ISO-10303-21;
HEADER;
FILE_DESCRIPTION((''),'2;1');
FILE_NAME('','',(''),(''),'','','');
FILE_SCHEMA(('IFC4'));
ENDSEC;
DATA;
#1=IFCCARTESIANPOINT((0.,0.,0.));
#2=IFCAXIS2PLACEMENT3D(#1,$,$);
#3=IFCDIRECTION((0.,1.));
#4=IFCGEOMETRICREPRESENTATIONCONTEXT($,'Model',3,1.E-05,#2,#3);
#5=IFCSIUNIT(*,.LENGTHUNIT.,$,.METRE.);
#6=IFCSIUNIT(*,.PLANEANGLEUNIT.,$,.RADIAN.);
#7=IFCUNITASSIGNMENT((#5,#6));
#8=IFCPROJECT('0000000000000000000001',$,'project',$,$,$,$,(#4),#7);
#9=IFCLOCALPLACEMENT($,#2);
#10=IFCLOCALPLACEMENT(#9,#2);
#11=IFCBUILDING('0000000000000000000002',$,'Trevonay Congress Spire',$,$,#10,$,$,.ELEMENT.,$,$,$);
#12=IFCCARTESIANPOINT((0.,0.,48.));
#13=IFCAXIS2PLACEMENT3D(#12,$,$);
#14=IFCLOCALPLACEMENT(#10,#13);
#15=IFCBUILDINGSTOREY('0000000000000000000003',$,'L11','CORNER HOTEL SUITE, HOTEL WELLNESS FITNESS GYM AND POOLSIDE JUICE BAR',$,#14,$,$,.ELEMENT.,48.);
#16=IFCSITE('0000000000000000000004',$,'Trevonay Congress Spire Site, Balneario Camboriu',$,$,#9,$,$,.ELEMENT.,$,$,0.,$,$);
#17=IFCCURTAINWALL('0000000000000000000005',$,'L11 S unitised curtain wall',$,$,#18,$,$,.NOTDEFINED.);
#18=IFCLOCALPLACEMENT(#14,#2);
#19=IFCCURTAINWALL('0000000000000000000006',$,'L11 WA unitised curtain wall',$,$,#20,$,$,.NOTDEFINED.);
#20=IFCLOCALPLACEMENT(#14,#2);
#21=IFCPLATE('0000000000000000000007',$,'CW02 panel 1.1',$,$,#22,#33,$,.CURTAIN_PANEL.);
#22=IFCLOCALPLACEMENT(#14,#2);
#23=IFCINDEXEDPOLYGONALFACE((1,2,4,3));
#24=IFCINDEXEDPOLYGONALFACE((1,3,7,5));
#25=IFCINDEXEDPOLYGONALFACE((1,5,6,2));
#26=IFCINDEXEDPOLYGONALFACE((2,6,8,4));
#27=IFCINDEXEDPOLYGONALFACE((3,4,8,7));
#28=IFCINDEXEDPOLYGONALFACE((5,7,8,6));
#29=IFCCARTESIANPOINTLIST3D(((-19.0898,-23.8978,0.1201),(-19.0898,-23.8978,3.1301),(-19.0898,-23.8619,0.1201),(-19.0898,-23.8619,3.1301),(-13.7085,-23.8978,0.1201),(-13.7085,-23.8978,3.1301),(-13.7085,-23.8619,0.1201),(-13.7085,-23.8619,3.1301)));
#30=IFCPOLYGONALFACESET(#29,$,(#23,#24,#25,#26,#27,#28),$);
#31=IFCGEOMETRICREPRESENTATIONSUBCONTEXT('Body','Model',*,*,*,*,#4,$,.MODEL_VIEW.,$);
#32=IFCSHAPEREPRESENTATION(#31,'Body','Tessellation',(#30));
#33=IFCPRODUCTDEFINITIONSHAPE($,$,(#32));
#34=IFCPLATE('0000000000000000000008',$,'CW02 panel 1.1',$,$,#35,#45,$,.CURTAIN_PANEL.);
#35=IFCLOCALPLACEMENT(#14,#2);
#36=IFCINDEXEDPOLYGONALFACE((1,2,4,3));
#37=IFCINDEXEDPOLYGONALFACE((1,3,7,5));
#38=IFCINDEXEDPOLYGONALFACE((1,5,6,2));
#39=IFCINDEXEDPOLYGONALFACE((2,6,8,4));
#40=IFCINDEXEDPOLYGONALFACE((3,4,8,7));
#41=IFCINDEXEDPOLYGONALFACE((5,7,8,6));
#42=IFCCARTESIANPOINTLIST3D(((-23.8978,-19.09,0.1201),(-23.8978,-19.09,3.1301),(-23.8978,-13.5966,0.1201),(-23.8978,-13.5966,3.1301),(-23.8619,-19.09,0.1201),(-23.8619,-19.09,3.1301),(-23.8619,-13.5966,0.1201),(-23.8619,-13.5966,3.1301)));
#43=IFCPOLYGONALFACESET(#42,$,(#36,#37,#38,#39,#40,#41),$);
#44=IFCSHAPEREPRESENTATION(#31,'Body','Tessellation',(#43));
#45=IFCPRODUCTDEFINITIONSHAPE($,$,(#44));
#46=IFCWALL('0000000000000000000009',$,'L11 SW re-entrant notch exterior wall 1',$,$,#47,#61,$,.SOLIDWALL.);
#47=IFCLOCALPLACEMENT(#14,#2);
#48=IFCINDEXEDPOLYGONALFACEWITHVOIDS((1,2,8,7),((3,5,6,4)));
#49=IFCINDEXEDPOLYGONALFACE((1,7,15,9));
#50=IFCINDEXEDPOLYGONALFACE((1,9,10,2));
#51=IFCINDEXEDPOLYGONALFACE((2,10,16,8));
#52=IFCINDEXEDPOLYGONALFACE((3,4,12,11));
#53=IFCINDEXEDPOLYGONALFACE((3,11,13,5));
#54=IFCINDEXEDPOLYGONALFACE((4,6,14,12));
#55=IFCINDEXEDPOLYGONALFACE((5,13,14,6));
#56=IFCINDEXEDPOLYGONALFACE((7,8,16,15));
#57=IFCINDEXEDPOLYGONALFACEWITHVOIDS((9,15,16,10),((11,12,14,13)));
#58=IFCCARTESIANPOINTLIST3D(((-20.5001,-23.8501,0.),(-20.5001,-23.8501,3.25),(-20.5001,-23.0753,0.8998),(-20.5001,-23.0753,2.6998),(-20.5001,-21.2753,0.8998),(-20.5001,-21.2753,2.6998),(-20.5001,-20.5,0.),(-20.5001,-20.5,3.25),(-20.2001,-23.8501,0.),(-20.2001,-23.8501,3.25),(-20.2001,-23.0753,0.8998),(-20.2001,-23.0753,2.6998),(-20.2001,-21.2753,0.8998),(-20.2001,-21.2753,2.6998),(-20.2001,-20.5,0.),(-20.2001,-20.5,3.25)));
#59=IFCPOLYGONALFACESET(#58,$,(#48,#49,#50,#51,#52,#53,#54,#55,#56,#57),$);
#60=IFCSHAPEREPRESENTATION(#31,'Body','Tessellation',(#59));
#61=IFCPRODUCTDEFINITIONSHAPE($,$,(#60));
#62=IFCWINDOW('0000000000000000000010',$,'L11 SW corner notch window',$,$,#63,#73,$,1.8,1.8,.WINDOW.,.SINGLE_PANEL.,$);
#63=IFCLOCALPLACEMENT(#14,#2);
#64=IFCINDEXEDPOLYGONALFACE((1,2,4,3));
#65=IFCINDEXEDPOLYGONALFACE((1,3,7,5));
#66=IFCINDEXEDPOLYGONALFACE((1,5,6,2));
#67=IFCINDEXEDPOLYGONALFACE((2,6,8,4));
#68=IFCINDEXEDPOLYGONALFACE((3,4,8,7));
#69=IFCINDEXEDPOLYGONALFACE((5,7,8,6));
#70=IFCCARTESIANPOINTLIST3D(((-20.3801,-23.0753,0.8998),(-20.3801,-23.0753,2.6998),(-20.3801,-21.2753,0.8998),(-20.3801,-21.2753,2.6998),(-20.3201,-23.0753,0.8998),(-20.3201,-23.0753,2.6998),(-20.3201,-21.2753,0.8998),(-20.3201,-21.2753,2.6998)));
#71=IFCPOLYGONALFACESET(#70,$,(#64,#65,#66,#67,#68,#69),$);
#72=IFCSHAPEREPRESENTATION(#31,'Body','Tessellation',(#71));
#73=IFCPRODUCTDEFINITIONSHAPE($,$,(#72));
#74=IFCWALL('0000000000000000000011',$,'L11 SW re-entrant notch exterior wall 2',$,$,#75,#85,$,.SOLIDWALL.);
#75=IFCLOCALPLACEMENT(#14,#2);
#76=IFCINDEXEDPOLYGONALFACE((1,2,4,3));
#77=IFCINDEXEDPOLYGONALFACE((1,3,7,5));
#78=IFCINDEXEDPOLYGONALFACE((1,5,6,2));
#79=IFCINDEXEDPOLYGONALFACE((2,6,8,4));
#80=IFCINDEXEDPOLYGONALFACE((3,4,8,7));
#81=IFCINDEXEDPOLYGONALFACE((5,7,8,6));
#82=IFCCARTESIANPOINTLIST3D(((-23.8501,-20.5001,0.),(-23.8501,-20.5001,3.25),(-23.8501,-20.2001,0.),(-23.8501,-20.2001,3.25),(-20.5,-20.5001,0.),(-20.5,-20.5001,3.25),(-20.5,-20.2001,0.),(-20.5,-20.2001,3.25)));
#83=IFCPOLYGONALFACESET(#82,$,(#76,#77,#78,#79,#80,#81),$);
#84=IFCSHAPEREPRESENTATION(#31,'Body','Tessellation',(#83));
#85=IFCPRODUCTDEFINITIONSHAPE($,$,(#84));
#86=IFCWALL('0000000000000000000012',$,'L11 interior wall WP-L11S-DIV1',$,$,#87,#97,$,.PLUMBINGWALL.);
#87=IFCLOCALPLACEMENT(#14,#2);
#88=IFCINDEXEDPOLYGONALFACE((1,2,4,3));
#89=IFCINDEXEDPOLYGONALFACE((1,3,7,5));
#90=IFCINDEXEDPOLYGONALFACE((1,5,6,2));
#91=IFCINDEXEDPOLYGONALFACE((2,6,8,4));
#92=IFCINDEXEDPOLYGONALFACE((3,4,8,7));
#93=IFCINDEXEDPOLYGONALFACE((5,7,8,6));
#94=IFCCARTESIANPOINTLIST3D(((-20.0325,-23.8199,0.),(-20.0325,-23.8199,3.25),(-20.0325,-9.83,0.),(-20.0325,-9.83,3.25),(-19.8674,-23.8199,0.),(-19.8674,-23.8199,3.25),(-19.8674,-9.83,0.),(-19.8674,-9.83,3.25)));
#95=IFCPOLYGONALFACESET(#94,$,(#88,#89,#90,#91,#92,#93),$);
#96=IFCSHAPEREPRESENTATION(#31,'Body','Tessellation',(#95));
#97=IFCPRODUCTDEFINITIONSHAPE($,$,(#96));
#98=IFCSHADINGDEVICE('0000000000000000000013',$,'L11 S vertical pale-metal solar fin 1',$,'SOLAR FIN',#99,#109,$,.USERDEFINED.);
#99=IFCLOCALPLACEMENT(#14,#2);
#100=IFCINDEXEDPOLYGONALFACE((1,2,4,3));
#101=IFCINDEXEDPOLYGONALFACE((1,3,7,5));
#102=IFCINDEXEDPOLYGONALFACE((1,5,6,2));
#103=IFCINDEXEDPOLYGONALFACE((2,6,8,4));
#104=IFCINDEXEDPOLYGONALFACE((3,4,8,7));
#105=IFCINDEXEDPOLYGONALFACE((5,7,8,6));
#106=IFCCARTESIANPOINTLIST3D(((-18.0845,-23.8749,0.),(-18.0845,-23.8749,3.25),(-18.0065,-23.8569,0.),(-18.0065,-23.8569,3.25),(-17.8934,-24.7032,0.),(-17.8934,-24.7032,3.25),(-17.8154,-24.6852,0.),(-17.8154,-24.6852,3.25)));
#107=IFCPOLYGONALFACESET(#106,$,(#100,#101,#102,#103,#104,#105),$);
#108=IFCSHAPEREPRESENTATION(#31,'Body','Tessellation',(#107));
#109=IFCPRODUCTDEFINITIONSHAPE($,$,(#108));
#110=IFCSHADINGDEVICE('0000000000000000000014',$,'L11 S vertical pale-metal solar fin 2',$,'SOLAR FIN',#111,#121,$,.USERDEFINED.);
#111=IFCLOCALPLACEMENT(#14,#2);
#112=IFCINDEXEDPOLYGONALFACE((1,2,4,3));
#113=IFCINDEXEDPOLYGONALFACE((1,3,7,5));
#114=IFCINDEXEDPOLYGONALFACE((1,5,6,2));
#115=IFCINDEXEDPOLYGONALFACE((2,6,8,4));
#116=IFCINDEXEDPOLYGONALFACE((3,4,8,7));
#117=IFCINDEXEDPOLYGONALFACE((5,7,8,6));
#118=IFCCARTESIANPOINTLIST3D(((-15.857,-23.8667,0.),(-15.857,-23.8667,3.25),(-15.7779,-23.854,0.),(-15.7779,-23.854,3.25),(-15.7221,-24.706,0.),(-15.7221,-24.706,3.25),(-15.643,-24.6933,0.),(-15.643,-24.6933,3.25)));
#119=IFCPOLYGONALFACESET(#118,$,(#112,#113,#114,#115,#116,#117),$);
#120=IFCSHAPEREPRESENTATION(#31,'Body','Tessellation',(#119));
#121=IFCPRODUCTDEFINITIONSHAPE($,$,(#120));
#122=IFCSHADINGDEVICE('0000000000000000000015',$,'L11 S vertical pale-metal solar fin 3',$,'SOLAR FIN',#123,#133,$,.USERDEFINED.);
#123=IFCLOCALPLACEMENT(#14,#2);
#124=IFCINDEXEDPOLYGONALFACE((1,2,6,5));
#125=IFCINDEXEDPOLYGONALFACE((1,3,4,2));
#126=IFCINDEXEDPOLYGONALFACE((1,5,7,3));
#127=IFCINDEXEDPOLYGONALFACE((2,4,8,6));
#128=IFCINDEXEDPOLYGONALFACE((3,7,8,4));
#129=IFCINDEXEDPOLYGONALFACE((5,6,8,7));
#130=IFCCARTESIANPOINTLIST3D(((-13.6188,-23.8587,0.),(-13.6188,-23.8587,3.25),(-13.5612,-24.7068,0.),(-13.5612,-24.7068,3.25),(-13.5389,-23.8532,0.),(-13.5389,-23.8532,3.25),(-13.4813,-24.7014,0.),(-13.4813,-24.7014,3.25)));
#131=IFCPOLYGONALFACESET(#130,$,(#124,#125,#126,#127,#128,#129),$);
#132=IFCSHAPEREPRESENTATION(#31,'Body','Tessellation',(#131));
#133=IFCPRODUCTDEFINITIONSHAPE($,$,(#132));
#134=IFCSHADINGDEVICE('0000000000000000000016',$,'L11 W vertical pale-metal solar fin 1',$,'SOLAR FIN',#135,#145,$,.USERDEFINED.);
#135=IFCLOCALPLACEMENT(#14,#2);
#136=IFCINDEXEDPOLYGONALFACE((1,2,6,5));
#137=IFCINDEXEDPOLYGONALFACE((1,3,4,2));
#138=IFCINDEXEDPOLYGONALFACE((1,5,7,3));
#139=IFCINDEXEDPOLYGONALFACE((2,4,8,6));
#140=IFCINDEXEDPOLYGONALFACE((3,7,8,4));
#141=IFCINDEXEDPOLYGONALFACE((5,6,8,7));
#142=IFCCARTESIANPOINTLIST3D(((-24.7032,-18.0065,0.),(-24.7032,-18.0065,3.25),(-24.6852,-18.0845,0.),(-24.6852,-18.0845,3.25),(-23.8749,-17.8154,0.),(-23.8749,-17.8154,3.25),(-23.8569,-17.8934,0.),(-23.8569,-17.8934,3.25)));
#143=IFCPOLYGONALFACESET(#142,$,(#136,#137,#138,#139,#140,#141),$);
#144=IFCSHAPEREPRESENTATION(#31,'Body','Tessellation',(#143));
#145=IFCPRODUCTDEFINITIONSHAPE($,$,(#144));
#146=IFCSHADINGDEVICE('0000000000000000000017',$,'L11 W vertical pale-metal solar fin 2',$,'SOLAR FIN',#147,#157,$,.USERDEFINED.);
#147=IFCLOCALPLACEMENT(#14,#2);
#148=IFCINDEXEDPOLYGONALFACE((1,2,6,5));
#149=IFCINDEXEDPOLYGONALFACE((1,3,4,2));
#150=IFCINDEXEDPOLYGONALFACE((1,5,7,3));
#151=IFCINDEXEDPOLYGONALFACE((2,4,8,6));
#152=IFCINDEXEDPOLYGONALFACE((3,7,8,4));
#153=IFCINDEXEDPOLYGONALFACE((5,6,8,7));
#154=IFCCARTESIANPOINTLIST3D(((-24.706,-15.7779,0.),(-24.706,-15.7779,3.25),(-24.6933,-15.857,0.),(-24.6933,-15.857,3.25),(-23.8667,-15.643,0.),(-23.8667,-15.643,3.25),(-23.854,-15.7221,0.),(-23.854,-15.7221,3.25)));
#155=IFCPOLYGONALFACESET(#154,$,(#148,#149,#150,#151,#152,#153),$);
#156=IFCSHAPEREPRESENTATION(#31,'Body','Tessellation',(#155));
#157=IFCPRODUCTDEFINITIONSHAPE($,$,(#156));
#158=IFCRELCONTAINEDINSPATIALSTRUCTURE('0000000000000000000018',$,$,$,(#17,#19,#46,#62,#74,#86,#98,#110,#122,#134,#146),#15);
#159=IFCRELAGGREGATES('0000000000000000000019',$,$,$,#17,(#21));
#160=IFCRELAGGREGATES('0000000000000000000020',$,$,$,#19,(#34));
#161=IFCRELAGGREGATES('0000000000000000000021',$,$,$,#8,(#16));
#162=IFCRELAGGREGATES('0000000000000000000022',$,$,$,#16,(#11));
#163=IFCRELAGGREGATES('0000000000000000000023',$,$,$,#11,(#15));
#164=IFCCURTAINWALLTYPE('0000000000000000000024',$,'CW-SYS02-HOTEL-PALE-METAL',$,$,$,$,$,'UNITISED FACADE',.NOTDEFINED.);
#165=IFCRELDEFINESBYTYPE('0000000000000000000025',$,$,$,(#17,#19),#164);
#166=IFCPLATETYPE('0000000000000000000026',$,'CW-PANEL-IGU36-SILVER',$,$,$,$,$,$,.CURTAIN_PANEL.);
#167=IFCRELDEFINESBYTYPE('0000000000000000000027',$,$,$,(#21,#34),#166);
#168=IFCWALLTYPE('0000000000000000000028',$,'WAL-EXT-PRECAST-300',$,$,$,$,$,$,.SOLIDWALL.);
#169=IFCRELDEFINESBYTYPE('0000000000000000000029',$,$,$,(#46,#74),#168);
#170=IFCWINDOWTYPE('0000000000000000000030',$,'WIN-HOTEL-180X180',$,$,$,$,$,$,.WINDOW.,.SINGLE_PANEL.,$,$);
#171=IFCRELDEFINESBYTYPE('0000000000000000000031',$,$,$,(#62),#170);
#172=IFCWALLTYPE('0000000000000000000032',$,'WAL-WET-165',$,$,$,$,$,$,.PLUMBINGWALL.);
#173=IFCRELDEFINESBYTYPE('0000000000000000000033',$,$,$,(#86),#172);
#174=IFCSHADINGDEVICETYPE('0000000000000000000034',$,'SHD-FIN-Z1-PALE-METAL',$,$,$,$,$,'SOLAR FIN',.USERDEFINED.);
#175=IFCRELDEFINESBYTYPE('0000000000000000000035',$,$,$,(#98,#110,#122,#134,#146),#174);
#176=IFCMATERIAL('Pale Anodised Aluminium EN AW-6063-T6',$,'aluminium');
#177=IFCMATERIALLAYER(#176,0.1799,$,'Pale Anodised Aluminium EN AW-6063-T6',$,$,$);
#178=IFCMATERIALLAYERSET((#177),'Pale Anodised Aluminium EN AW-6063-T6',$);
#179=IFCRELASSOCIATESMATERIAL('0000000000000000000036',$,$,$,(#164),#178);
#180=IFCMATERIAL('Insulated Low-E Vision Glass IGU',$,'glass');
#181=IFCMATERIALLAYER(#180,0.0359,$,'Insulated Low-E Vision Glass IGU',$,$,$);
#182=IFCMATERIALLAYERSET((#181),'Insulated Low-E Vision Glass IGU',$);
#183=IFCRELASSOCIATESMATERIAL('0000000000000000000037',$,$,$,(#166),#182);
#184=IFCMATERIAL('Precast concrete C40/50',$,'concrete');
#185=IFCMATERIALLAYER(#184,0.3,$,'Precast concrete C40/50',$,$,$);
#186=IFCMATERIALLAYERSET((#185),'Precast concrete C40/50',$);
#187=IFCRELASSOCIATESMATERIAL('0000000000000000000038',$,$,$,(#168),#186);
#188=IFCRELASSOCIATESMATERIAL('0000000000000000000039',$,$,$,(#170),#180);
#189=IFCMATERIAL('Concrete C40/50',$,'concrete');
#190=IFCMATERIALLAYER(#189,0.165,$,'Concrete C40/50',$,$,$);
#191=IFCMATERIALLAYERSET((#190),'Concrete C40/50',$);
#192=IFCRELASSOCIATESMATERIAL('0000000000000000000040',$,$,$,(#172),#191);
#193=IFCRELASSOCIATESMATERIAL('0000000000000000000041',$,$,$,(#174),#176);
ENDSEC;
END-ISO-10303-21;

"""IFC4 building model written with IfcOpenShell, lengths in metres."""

from ifc_helpers import new_model, si_unit, direction, frame, frame_2d, origin, origin_2d, place, context, subcontext, project, spatial, rectangle, extrude, material, layer, layer_set, type_object, element, fill, aggregate, save


model = new_model("IFC4")

# Units and contexts
model_context = context("Model", 3, precision=1e-05, world=origin(), true_north=direction((0.0, 1.0)))
body_context = subcontext(model_context, "Body", "Model", "MODEL_VIEW")
ifc_project = project(units=[si_unit("LENGTHUNIT", "METRE"), si_unit("PLANEANGLEUNIT", "RADIAN")], contexts=[model_context])

# Site, building, storey
site_placement = place(None, origin())
site = spatial("IfcSite", under=ifc_project, at=site_placement, Name="Trevonay Congress Spire Site, Balneario Camboriu", CompositionType="ELEMENT", RefElevation=0.0)
building_placement = place(site_placement, origin())
building = spatial("IfcBuilding", under=site, at=building_placement, Name="Trevonay Congress Spire", CompositionType="ELEMENT")
storey_placement = place(building_placement, frame((0.0, 0.0, 48.0)))
storey = spatial("IfcBuildingStorey", under=building, at=storey_placement, Name="L11", Description="CORNER HOTEL SUITE, HOTEL WELLNESS FITNESS GYM AND POOLSIDE JUICE BAR", CompositionType="ELEMENT", Elevation=48.0)

# Curtain walls
ifc_material_1 = material(Name="Pale Anodised Aluminium EN AW-6063-T6", Category="aluminium")
ifc_layer_1 = layer(ifc_material_1, 0.1799, Name="Pale Anodised Aluminium EN AW-6063-T6")
ifc_layer_set_1 = layer_set([ifc_layer_1], Name="Pale Anodised Aluminium EN AW-6063-T6")
curtain_wall_type = type_object("IfcCurtainWallType", Name="CW-SYS02-HOTEL-PALE-METAL", ElementType="UNITISED FACADE", PredefinedType="NOTDEFINED", material=ifc_layer_set_1)
curtain_wall_1_placement = place(storey_placement, origin())
curtain_wall_1 = element("IfcCurtainWall", 1, at=curtain_wall_1_placement, inside=storey, type_object=curtain_wall_type, Name="L11 S unitised curtain wall", PredefinedType="NOTDEFINED")
curtain_wall_2_placement = place(storey_placement, origin())
curtain_wall_2 = element("IfcCurtainWall", 2, at=curtain_wall_2_placement, inside=storey, type_object=curtain_wall_type, Name="L11 WA unitised curtain wall", PredefinedType="NOTDEFINED")

# Plates
ifc_material_2 = material(Name="Insulated Low-E Vision Glass IGU", Category="glass")
ifc_layer_2 = layer(ifc_material_2, 0.0359, Name="Insulated Low-E Vision Glass IGU")
ifc_layer_set_2 = layer_set([ifc_layer_2], Name="Insulated Low-E Vision Glass IGU")
plate_type = type_object("IfcPlateType", Name="CW-PANEL-IGU36-SILVER", PredefinedType="CURTAIN_PANEL", material=ifc_layer_set_2)
plate_1_placement = place(storey_placement, frame((-16.3992, -23.8799, 0.1201), z_axis=(0.0, 0.0, 1.0), x_axis=(1.0, 0.0, 0.0)))
plate_1 = element("IfcPlate", 3, at=plate_1_placement, type_object=plate_type, Name="CW02 panel 1.1", PredefinedType="CURTAIN_PANEL", context=body_context, shape_type="SweptSolid", body=[
    extrude(rectangle(XDim=5.3813, YDim=0.0359, at=origin_2d()), origin(), (0.0, 0.0, 1.0), 3.01),
])
aggregate(curtain_wall_1, [plate_1])
plate_2_placement = place(storey_placement, frame((-23.8799, -16.3433, 0.1201), z_axis=(0.0, 0.0, 1.0), x_axis=(0.0, 1.0, 0.0)))
plate_2 = element("IfcPlate", 4, at=plate_2_placement, type_object=plate_type, Name="CW02 panel 1.1", PredefinedType="CURTAIN_PANEL", context=body_context, shape_type="SweptSolid", body=[
    extrude(rectangle(XDim=5.4934, YDim=0.0359, at=origin_2d()), origin(), (0.0, 0.0, 1.0), 3.01),
])
aggregate(curtain_wall_2, [plate_2])

# Wall, opening, window
ifc_material_3 = material(Name="Precast concrete C40/50", Category="concrete")
ifc_layer_3 = layer(ifc_material_3, 0.3, Name="Precast concrete C40/50")
ifc_layer_set_3 = layer_set([ifc_layer_3], Name="Precast concrete C40/50")
wall_type_1 = type_object("IfcWallType", Name="WAL-EXT-PRECAST-300", PredefinedType="SOLIDWALL", material=ifc_layer_set_3)
wall_1_placement = place(storey_placement, frame((-20.3501, -23.8501, 0.0), z_axis=(0.0, 0.0, 1.0), x_axis=(0.0, 1.0, 0.0)))
wall_1 = element("IfcWall", 5, at=wall_1_placement, inside=storey, type_object=wall_type_1, Name="L11 SW re-entrant notch exterior wall 1", PredefinedType="SOLIDWALL", context=body_context, shape_type="SweptSolid", body=[
    extrude(rectangle(XDim=3.3501, YDim=0.3, at=frame_2d((1.675, 0.0))), origin(), (0.0, 0.0, 1.0), 3.25),
])
opening_placement = place(wall_1_placement, frame((0.7749, 0.0, 0.8999)))
opening = element("IfcOpeningElement", 6, at=opening_placement, cuts=wall_1, PredefinedType="OPENING", context=body_context, shape_type="SweptSolid", body=[
    extrude(rectangle(XDim=1.8, YDim=1.8, at=frame_2d((0.8999, 0.8999))), frame((0.0, 0.1602, 0.0), z_axis=(0.0, -1.0, 0.0), x_axis=(1.0, 0.0, 0.0)), (0.0, 0.0, 1.0), 0.3201),
])
window_type = type_object("IfcWindowType", Name="WIN-HOTEL-180X180", PartitioningType="SINGLE_PANEL", PredefinedType="WINDOW", material=ifc_material_2)
window_placement = place(opening_placement, origin())
window = element("IfcWindow", 7, at=window_placement, inside=storey, type_object=window_type, Name="L11 SW corner notch window", OverallHeight=1.8, OverallWidth=1.8, PartitioningType="SINGLE_PANEL", PredefinedType="WINDOW", context=body_context, shape_type="SweptSolid", body=[
    extrude(rectangle(XDim=1.8, YDim=1.8, at=frame_2d((0.8999, 0.8999))), frame((0.0, 0.03, 0.0), z_axis=(0.0, -1.0, 0.0), x_axis=(1.0, 0.0, 0.0)), (0.0, 0.0, 1.0), 0.0601),
])
fill(opening, window)

# Walls
wall_2_placement = place(storey_placement, frame((-23.8501, -20.3501, 0.0), z_axis=(0.0, 0.0, 1.0), x_axis=(1.0, 0.0, 0.0)))
element("IfcWall", 8, at=wall_2_placement, inside=storey, type_object=wall_type_1, Name="L11 SW re-entrant notch exterior wall 2", PredefinedType="SOLIDWALL", context=body_context, shape_type="SweptSolid", body=[
    extrude(rectangle(XDim=3.3501, YDim=0.3, at=frame_2d((1.675, 0.0))), origin(), (0.0, 0.0, 1.0), 3.25),
])
ifc_material_4 = material(Name="Concrete C40/50", Category="concrete")
ifc_layer_4 = layer(ifc_material_4, 0.165, Name="Concrete C40/50")
ifc_layer_set_4 = layer_set([ifc_layer_4], Name="Concrete C40/50")
wall_type_2 = type_object("IfcWallType", Name="WAL-WET-165", PredefinedType="PLUMBINGWALL", material=ifc_layer_set_4)
wall_3_placement = place(storey_placement, frame((-19.95, -23.8201, 0.0), z_axis=(0.0, 0.0, 1.0), x_axis=(0.0, 1.0, 0.0)))
element("IfcWall", 9, at=wall_3_placement, inside=storey, type_object=wall_type_2, Name="L11 interior wall WP-L11S-DIV1", PredefinedType="PLUMBINGWALL", context=body_context, shape_type="SweptSolid", body=[
    extrude(rectangle(XDim=13.99, YDim=0.165, at=frame_2d((6.9951, 0.0))), origin(), (0.0, 0.0, 1.0), 3.25),
])

# Shading devices
shading_device_type = type_object("IfcShadingDeviceType", Name="SHD-FIN-Z1-PALE-METAL", ElementType="SOLAR FIN", PredefinedType="USERDEFINED", material=ifc_material_1)
for number, where, z_axis, x_axis, name in (
    (10, (-17.95, -24.28, 0.0), (0.0, 0.0, 1.0), (0.974409, 0.224781, 0.0), "L11 S vertical pale-metal solar fin 1"),
    (11, (-15.75, -24.28, 0.0), (0.0, 0.0, 1.0), (0.987331, 0.158675, 0.0), "L11 S vertical pale-metal solar fin 2"),
    (12, (-13.55, -24.28, 0.0), (0.0, 0.0, 1.0), (0.997708, 0.067667, 0.0), "L11 S vertical pale-metal solar fin 3"),
    (13, (-24.28, -17.95, 0.0), (0.0, 0.0, 1.0), (-0.224781, 0.974409, 0.0), "L11 W vertical pale-metal solar fin 1"),
    (14, (-24.28, -15.75, 0.0), (0.0, 0.0, 1.0), (-0.158675, 0.987331, 0.0), "L11 W vertical pale-metal solar fin 2"),
):
    element("IfcShadingDevice", number, at=place(storey_placement, frame(where, z_axis=z_axis, x_axis=x_axis)), inside=storey, type_object=shading_device_type, Name=name, ObjectType="SOLAR FIN", PredefinedType="USERDEFINED", context=body_context, shape_type="SweptSolid", body=[
        extrude(rectangle(XDim=0.0801, YDim=0.8501, at=origin_2d()), origin(), (0.0, 0.0, 1.0), 3.25),
    ])

save(model, "model.ifc")
